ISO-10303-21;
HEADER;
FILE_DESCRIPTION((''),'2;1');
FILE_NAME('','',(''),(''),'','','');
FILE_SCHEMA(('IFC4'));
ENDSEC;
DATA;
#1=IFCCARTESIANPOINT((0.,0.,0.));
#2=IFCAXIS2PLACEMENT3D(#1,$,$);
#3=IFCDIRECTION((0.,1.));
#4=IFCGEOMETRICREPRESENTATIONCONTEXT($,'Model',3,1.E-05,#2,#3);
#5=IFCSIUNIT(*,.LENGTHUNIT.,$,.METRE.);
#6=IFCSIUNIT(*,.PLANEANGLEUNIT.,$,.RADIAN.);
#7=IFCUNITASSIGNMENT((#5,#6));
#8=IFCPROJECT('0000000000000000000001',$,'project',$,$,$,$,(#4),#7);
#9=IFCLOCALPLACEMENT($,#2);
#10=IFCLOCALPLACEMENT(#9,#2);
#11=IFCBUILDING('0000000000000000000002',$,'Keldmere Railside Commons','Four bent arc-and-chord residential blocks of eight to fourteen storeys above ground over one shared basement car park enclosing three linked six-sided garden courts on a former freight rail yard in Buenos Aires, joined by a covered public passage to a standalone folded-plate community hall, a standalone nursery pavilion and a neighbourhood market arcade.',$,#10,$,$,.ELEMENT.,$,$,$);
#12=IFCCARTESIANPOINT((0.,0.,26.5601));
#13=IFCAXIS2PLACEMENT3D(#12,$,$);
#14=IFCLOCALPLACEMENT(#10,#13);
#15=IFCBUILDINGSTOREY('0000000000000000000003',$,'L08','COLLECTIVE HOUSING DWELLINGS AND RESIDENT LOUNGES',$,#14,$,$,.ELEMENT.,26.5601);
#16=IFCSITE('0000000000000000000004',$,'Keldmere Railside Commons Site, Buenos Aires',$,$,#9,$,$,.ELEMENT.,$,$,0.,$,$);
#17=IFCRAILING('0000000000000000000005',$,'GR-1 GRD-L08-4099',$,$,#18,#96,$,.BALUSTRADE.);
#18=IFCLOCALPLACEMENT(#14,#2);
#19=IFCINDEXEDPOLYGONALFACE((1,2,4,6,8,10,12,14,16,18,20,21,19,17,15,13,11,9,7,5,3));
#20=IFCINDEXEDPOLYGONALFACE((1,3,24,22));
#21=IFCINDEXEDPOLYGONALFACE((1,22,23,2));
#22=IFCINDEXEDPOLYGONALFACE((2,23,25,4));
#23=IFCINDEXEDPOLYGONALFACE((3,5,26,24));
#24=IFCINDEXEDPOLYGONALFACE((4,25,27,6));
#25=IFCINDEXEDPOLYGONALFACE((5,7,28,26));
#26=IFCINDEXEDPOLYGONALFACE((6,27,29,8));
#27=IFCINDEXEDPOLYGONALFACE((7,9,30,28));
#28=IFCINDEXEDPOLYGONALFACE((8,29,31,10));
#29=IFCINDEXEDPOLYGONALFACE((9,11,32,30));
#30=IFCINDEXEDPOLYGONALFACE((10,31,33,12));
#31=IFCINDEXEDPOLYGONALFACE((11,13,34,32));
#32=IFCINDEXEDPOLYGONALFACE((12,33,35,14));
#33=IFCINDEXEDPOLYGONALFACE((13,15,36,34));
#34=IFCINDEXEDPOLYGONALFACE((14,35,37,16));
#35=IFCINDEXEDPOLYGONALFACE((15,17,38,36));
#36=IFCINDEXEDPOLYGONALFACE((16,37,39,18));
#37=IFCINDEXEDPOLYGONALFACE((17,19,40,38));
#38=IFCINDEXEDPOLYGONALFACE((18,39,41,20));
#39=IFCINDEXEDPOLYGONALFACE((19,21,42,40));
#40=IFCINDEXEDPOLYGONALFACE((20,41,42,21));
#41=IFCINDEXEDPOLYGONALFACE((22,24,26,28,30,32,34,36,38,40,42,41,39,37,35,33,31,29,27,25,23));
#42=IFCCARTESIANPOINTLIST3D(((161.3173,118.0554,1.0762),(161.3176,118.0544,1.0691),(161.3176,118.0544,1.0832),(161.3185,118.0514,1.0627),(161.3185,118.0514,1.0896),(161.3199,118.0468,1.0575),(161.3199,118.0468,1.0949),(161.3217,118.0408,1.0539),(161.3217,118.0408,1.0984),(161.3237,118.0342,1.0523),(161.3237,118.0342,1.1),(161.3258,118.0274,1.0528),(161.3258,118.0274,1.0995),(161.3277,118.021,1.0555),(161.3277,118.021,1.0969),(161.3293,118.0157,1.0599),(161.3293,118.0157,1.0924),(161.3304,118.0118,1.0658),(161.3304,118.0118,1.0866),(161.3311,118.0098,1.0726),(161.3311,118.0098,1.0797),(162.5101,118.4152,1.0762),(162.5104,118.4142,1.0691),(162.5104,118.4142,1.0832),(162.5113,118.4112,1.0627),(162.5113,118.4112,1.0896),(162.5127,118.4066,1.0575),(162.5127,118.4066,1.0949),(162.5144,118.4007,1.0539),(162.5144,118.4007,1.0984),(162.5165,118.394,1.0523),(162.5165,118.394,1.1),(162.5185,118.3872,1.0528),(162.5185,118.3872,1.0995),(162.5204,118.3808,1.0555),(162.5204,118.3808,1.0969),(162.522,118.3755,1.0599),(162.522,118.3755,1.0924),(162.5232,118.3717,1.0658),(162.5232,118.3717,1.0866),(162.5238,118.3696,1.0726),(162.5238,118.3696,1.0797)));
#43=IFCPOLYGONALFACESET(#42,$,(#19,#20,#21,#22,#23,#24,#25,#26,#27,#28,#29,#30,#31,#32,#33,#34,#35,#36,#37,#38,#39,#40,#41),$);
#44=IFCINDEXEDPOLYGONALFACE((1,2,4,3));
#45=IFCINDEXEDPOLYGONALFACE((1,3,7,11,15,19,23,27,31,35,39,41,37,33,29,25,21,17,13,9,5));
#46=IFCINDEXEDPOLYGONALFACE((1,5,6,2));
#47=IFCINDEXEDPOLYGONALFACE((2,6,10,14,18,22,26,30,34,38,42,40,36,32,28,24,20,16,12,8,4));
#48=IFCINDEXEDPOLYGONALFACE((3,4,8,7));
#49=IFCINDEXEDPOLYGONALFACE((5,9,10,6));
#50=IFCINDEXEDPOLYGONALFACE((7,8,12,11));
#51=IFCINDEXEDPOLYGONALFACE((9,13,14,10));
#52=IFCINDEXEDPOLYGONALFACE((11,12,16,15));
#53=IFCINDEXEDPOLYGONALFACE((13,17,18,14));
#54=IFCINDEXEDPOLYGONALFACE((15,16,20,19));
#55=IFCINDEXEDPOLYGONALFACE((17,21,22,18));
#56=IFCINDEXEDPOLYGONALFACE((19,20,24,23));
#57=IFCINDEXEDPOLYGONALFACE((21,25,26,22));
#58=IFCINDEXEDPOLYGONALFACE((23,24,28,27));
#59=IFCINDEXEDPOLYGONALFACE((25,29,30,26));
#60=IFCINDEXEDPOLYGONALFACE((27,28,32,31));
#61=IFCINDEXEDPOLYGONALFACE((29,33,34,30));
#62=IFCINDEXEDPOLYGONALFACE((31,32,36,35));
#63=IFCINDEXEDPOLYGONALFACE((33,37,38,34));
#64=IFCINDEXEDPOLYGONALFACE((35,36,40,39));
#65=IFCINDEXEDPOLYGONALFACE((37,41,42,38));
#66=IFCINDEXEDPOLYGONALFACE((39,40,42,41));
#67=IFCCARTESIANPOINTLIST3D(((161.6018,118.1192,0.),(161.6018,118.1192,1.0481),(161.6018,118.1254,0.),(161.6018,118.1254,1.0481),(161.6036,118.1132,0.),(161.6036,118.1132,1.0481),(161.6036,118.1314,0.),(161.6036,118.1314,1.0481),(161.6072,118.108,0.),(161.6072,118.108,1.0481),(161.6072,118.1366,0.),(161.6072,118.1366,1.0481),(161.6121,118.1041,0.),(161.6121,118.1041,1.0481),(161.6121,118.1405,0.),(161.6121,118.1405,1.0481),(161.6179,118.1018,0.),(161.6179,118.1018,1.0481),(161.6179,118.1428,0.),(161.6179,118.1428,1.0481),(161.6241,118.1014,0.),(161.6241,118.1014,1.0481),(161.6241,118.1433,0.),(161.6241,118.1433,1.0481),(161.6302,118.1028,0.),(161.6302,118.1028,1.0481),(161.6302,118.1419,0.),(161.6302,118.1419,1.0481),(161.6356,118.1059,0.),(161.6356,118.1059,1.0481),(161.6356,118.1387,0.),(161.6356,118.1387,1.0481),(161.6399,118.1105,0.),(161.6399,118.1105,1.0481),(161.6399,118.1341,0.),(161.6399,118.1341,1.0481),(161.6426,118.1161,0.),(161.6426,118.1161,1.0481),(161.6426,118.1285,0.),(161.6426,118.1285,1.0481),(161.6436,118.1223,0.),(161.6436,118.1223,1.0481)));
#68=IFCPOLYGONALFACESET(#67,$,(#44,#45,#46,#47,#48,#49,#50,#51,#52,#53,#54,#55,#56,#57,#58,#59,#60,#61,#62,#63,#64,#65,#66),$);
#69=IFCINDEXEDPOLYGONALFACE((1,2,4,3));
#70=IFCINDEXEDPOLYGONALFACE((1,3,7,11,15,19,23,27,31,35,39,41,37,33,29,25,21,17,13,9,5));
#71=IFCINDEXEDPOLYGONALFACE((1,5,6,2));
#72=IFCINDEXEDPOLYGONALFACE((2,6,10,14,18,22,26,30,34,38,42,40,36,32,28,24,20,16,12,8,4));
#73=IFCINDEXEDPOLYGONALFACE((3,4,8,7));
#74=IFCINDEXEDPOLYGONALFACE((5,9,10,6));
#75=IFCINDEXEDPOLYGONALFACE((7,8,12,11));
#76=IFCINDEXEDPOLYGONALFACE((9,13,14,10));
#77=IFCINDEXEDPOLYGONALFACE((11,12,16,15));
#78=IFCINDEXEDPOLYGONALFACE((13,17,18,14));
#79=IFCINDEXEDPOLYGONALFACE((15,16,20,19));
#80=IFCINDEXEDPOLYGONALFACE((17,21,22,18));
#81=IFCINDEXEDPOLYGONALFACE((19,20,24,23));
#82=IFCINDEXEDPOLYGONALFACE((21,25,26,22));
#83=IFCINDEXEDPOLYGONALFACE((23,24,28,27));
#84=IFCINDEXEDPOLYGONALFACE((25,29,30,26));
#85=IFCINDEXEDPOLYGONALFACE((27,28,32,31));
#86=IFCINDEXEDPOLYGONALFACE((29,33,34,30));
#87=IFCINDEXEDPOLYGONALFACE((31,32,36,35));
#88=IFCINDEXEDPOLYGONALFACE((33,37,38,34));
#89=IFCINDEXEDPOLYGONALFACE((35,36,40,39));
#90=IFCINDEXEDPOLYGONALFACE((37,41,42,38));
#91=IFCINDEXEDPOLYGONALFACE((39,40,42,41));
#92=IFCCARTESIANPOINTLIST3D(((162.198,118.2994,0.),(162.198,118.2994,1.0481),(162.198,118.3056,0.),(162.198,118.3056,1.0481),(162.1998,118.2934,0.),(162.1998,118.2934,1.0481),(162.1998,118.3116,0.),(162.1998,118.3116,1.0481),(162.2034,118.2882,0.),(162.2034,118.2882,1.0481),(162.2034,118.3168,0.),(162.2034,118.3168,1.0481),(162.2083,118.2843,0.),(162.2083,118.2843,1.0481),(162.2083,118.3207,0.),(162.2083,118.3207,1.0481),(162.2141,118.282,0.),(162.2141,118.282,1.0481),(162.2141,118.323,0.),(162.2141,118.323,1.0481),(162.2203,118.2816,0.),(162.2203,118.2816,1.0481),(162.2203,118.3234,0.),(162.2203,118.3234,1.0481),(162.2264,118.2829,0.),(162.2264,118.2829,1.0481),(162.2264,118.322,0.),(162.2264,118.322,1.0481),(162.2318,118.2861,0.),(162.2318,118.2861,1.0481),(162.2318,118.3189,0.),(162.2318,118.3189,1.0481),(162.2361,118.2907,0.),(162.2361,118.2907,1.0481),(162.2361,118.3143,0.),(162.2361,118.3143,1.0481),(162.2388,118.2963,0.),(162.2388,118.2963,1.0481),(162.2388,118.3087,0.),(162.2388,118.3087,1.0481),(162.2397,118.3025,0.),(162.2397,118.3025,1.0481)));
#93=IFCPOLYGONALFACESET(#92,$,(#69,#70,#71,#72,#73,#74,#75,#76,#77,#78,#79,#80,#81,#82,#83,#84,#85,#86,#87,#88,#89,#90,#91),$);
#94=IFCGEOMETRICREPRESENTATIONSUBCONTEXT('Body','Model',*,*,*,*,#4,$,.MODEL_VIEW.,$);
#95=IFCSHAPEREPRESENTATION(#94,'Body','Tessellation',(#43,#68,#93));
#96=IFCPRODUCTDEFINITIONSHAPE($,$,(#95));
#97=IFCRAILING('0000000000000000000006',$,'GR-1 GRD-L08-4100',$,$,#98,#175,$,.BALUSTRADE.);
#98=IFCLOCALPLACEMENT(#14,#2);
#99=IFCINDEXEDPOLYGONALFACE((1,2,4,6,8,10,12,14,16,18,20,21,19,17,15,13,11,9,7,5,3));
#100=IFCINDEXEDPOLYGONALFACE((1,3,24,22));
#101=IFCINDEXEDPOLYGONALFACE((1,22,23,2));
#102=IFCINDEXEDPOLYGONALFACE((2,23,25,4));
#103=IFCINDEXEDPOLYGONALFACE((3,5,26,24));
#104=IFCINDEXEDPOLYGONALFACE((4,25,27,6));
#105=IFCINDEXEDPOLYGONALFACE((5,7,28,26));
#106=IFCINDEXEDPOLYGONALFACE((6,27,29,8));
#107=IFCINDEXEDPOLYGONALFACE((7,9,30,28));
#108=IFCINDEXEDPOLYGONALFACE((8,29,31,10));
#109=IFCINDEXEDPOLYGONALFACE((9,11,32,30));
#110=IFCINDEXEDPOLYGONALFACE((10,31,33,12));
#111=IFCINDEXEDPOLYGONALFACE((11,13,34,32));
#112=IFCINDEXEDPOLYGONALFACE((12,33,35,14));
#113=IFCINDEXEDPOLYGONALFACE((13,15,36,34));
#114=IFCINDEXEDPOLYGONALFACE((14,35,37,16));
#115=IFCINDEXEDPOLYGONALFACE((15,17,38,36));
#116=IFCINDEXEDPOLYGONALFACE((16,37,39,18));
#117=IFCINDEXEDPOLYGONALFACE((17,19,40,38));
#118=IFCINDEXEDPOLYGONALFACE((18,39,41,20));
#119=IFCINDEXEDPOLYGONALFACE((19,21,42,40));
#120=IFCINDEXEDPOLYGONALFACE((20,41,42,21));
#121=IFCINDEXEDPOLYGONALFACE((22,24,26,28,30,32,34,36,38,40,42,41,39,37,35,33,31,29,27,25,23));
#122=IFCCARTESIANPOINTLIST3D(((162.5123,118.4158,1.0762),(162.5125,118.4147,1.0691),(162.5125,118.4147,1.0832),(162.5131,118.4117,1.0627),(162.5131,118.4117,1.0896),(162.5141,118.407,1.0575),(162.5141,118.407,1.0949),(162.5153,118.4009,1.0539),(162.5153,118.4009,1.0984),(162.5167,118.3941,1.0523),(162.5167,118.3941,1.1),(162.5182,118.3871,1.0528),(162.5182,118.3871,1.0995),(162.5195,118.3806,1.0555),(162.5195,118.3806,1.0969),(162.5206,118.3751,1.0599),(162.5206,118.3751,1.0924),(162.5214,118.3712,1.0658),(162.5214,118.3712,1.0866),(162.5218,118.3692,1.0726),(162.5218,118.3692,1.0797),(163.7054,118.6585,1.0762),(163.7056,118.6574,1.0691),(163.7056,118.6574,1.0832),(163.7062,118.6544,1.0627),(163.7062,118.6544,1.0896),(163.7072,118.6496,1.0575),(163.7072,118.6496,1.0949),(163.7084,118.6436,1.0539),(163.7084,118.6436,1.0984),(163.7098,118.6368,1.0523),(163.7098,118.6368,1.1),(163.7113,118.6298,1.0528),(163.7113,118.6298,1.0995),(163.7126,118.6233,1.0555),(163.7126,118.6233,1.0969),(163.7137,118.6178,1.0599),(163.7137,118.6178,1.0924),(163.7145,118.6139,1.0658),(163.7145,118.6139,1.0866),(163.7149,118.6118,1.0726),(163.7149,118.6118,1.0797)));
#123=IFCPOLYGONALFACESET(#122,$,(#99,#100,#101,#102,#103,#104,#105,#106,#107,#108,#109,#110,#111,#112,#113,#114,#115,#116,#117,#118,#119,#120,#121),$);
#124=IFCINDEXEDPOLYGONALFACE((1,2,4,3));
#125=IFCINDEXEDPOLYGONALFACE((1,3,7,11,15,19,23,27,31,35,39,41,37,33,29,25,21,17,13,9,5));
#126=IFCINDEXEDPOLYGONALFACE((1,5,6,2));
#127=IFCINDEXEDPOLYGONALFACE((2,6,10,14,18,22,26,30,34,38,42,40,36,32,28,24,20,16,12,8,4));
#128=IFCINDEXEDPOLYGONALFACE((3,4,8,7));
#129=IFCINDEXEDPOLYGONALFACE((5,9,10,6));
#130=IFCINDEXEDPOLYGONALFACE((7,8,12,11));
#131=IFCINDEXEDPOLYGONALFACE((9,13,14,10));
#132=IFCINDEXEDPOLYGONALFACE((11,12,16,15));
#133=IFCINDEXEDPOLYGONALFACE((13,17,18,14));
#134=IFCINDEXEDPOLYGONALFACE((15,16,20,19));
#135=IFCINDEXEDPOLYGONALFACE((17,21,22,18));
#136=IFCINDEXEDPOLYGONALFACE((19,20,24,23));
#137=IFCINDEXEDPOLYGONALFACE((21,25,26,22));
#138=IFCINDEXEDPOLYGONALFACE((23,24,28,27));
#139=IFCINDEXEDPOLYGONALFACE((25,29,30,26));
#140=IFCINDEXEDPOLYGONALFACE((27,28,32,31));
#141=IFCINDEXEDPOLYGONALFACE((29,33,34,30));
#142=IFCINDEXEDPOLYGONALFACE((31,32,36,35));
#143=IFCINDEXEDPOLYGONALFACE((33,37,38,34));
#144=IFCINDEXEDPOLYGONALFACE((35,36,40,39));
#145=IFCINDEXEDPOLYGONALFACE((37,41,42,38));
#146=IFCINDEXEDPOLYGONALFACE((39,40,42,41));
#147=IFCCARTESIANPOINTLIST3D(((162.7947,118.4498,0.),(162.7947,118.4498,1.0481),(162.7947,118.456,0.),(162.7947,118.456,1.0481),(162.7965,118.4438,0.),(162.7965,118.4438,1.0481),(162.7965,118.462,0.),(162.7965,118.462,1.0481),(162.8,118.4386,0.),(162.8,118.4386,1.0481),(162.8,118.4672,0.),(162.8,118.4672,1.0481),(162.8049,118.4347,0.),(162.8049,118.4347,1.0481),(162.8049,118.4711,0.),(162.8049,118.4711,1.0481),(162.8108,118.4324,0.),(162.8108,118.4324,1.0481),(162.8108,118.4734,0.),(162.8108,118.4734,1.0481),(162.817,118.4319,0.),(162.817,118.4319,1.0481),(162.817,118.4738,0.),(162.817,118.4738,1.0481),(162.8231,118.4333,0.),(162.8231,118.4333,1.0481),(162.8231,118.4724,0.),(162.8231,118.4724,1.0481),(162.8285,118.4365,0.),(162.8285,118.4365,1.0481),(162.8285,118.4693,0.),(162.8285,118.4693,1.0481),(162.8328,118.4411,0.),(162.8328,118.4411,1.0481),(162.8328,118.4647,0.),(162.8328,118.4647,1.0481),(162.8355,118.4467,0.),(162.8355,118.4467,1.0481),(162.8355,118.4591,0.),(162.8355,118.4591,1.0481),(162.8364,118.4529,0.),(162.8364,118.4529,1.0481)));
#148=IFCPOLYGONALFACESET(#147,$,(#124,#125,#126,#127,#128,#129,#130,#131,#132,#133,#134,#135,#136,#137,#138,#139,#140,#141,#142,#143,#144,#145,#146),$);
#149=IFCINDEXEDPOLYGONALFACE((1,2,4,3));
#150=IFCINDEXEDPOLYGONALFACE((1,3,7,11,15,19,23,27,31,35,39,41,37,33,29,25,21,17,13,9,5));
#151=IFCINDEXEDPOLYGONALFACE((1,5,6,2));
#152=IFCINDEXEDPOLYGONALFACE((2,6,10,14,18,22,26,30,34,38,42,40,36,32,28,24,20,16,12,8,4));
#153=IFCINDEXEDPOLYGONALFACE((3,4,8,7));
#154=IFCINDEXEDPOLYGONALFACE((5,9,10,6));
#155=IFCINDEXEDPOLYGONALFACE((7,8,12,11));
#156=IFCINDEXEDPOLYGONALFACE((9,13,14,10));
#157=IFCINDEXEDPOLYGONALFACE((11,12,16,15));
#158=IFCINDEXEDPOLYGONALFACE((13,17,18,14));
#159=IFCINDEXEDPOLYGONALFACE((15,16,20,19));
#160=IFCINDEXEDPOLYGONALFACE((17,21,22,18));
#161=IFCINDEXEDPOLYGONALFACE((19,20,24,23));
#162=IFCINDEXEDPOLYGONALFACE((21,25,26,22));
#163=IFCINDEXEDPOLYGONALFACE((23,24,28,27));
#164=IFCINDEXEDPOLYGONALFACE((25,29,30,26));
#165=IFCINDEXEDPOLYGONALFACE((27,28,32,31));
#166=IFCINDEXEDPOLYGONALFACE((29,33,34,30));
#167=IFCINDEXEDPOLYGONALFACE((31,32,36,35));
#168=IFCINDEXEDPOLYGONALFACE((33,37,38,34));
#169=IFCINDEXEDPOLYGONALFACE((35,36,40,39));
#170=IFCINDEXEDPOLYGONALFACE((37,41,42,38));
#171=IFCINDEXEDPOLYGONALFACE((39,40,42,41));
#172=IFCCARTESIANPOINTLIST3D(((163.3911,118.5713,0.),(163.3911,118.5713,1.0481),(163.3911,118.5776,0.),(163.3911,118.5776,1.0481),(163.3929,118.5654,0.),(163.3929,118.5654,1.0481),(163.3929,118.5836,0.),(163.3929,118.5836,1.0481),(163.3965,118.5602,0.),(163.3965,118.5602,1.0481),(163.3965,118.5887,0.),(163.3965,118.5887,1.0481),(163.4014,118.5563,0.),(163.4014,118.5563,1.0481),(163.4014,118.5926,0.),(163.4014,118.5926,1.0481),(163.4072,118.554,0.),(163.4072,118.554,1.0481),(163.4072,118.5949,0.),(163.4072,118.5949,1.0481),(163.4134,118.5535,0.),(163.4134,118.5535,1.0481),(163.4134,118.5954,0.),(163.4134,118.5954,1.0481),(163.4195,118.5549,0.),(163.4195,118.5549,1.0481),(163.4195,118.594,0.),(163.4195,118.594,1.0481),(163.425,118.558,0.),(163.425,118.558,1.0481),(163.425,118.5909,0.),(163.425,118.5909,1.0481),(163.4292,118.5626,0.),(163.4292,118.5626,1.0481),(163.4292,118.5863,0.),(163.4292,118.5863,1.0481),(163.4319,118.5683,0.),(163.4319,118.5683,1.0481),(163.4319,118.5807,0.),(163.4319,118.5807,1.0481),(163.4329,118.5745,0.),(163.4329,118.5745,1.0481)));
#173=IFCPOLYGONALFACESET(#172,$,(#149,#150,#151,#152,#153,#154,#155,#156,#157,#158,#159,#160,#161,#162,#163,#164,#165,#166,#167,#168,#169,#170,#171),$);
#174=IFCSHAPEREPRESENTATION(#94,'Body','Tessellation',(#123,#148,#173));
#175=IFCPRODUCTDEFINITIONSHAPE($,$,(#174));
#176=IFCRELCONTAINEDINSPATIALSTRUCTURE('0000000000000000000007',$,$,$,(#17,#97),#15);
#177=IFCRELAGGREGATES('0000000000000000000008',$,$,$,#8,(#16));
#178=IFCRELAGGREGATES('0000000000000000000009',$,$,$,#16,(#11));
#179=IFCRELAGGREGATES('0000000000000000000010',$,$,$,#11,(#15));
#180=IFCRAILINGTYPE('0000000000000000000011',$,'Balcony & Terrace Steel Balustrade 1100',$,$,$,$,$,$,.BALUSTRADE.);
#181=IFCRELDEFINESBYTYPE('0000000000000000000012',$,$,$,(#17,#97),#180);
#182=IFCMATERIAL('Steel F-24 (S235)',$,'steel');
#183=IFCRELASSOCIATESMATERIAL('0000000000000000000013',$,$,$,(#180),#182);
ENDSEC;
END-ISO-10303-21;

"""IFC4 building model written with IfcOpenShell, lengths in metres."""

from ifc_helpers import new_model, si_unit, direction, frame, origin, origin_2d, place, context, subcontext, project, spatial, circle, extrude, material, type_object, element, save


model = new_model("IFC4")

# Units and contexts
model_context = context("Model", 3, precision=1e-05, world=origin(), true_north=direction((0.0, 1.0)))
body_context = subcontext(model_context, "Body", "Model", "MODEL_VIEW")
ifc_project = project(units=[si_unit("LENGTHUNIT", "METRE"), si_unit("PLANEANGLEUNIT", "RADIAN")], contexts=[model_context])

# Site, building, storey
site_placement = place(None, origin())
site = spatial("IfcSite", under=ifc_project, at=site_placement, Name="Keldmere Railside Commons Site, Buenos Aires", CompositionType="ELEMENT", RefElevation=0.0)
building_placement = place(site_placement, origin())
building = spatial("IfcBuilding", under=site, at=building_placement, Name="Keldmere Railside Commons", Description="Four bent arc-and-chord residential blocks of eight to fourteen storeys above ground over one shared basement car park enclosing three linked six-sided garden courts on a former freight rail yard in Buenos Aires, joined by a covered public passage to a standalone folded-plate community hall, a standalone nursery pavilion and a neighbourhood market arcade.", CompositionType="ELEMENT")
storey_placement = place(building_placement, frame((0.0, 0.0, 26.5601)))
storey = spatial("IfcBuildingStorey", under=building, at=storey_placement, Name="L08", Description="COLLECTIVE HOUSING DWELLINGS AND RESIDENT LOUNGES", CompositionType="ELEMENT", Elevation=26.5601)

# Railings
ifc_material_1 = material(Name="Steel F-24 (S235)", Category="steel")
railing_type = type_object("IfcRailingType", Name="Balcony & Terrace Steel Balustrade 1100", PredefinedType="BALUSTRADE", material=ifc_material_1)
railing_1_placement = place(storey_placement, frame((161.3242, 118.0325, 0.0)))
element("IfcRailing", 1, at=railing_1_placement, inside=storey, type_object=railing_type, Name="GR-1 GRD-L08-4099", PredefinedType="BALUSTRADE", context=body_context, shape_type="SweptSolid", body=[
    extrude(circle(Radius=0.0239, at=origin_2d()), frame((0.0, 0.0, 1.0762), z_axis=(0.957383, 0.288822, 0.0), x_axis=(-0.288822, 0.957383, 0.0)), (0.0, 0.0, 1.0), 1.2458),
    extrude(circle(Radius=0.021, at=origin_2d()), frame((0.2983, 0.0898, 0.0)), (0.0, 0.0, 1.0), 1.0481),
    extrude(circle(Radius=0.021, at=origin_2d()), frame((0.8945, 0.27, 0.0)), (0.0, 0.0, 1.0), 1.0481),
])
railing_2_placement = place(storey_placement, frame((162.5171, 118.3923, 0.0)))
element("IfcRailing", 2, at=railing_2_placement, inside=storey, type_object=railing_type, Name="GR-1 GRD-L08-4100", PredefinedType="BALUSTRADE", context=body_context, shape_type="SweptSolid", body=[
    extrude(circle(Radius=0.0239, at=origin_2d()), frame((0.0, 0.0, 1.0762), z_axis=(0.979935, 0.199316, 0.0), x_axis=(-0.199316, 0.979935, 0.0)), (0.0, 0.0, 1.0), 1.2175),
    extrude(circle(Radius=0.021, at=origin_2d()), frame((0.2983, 0.0605, 0.0)), (0.0, 0.0, 1.0), 1.0481),
    extrude(circle(Radius=0.021, at=origin_2d()), frame((0.8948, 0.1821, 0.0)), (0.0, 0.0, 1.0), 1.0481),
])

save(model, "model.ifc")
